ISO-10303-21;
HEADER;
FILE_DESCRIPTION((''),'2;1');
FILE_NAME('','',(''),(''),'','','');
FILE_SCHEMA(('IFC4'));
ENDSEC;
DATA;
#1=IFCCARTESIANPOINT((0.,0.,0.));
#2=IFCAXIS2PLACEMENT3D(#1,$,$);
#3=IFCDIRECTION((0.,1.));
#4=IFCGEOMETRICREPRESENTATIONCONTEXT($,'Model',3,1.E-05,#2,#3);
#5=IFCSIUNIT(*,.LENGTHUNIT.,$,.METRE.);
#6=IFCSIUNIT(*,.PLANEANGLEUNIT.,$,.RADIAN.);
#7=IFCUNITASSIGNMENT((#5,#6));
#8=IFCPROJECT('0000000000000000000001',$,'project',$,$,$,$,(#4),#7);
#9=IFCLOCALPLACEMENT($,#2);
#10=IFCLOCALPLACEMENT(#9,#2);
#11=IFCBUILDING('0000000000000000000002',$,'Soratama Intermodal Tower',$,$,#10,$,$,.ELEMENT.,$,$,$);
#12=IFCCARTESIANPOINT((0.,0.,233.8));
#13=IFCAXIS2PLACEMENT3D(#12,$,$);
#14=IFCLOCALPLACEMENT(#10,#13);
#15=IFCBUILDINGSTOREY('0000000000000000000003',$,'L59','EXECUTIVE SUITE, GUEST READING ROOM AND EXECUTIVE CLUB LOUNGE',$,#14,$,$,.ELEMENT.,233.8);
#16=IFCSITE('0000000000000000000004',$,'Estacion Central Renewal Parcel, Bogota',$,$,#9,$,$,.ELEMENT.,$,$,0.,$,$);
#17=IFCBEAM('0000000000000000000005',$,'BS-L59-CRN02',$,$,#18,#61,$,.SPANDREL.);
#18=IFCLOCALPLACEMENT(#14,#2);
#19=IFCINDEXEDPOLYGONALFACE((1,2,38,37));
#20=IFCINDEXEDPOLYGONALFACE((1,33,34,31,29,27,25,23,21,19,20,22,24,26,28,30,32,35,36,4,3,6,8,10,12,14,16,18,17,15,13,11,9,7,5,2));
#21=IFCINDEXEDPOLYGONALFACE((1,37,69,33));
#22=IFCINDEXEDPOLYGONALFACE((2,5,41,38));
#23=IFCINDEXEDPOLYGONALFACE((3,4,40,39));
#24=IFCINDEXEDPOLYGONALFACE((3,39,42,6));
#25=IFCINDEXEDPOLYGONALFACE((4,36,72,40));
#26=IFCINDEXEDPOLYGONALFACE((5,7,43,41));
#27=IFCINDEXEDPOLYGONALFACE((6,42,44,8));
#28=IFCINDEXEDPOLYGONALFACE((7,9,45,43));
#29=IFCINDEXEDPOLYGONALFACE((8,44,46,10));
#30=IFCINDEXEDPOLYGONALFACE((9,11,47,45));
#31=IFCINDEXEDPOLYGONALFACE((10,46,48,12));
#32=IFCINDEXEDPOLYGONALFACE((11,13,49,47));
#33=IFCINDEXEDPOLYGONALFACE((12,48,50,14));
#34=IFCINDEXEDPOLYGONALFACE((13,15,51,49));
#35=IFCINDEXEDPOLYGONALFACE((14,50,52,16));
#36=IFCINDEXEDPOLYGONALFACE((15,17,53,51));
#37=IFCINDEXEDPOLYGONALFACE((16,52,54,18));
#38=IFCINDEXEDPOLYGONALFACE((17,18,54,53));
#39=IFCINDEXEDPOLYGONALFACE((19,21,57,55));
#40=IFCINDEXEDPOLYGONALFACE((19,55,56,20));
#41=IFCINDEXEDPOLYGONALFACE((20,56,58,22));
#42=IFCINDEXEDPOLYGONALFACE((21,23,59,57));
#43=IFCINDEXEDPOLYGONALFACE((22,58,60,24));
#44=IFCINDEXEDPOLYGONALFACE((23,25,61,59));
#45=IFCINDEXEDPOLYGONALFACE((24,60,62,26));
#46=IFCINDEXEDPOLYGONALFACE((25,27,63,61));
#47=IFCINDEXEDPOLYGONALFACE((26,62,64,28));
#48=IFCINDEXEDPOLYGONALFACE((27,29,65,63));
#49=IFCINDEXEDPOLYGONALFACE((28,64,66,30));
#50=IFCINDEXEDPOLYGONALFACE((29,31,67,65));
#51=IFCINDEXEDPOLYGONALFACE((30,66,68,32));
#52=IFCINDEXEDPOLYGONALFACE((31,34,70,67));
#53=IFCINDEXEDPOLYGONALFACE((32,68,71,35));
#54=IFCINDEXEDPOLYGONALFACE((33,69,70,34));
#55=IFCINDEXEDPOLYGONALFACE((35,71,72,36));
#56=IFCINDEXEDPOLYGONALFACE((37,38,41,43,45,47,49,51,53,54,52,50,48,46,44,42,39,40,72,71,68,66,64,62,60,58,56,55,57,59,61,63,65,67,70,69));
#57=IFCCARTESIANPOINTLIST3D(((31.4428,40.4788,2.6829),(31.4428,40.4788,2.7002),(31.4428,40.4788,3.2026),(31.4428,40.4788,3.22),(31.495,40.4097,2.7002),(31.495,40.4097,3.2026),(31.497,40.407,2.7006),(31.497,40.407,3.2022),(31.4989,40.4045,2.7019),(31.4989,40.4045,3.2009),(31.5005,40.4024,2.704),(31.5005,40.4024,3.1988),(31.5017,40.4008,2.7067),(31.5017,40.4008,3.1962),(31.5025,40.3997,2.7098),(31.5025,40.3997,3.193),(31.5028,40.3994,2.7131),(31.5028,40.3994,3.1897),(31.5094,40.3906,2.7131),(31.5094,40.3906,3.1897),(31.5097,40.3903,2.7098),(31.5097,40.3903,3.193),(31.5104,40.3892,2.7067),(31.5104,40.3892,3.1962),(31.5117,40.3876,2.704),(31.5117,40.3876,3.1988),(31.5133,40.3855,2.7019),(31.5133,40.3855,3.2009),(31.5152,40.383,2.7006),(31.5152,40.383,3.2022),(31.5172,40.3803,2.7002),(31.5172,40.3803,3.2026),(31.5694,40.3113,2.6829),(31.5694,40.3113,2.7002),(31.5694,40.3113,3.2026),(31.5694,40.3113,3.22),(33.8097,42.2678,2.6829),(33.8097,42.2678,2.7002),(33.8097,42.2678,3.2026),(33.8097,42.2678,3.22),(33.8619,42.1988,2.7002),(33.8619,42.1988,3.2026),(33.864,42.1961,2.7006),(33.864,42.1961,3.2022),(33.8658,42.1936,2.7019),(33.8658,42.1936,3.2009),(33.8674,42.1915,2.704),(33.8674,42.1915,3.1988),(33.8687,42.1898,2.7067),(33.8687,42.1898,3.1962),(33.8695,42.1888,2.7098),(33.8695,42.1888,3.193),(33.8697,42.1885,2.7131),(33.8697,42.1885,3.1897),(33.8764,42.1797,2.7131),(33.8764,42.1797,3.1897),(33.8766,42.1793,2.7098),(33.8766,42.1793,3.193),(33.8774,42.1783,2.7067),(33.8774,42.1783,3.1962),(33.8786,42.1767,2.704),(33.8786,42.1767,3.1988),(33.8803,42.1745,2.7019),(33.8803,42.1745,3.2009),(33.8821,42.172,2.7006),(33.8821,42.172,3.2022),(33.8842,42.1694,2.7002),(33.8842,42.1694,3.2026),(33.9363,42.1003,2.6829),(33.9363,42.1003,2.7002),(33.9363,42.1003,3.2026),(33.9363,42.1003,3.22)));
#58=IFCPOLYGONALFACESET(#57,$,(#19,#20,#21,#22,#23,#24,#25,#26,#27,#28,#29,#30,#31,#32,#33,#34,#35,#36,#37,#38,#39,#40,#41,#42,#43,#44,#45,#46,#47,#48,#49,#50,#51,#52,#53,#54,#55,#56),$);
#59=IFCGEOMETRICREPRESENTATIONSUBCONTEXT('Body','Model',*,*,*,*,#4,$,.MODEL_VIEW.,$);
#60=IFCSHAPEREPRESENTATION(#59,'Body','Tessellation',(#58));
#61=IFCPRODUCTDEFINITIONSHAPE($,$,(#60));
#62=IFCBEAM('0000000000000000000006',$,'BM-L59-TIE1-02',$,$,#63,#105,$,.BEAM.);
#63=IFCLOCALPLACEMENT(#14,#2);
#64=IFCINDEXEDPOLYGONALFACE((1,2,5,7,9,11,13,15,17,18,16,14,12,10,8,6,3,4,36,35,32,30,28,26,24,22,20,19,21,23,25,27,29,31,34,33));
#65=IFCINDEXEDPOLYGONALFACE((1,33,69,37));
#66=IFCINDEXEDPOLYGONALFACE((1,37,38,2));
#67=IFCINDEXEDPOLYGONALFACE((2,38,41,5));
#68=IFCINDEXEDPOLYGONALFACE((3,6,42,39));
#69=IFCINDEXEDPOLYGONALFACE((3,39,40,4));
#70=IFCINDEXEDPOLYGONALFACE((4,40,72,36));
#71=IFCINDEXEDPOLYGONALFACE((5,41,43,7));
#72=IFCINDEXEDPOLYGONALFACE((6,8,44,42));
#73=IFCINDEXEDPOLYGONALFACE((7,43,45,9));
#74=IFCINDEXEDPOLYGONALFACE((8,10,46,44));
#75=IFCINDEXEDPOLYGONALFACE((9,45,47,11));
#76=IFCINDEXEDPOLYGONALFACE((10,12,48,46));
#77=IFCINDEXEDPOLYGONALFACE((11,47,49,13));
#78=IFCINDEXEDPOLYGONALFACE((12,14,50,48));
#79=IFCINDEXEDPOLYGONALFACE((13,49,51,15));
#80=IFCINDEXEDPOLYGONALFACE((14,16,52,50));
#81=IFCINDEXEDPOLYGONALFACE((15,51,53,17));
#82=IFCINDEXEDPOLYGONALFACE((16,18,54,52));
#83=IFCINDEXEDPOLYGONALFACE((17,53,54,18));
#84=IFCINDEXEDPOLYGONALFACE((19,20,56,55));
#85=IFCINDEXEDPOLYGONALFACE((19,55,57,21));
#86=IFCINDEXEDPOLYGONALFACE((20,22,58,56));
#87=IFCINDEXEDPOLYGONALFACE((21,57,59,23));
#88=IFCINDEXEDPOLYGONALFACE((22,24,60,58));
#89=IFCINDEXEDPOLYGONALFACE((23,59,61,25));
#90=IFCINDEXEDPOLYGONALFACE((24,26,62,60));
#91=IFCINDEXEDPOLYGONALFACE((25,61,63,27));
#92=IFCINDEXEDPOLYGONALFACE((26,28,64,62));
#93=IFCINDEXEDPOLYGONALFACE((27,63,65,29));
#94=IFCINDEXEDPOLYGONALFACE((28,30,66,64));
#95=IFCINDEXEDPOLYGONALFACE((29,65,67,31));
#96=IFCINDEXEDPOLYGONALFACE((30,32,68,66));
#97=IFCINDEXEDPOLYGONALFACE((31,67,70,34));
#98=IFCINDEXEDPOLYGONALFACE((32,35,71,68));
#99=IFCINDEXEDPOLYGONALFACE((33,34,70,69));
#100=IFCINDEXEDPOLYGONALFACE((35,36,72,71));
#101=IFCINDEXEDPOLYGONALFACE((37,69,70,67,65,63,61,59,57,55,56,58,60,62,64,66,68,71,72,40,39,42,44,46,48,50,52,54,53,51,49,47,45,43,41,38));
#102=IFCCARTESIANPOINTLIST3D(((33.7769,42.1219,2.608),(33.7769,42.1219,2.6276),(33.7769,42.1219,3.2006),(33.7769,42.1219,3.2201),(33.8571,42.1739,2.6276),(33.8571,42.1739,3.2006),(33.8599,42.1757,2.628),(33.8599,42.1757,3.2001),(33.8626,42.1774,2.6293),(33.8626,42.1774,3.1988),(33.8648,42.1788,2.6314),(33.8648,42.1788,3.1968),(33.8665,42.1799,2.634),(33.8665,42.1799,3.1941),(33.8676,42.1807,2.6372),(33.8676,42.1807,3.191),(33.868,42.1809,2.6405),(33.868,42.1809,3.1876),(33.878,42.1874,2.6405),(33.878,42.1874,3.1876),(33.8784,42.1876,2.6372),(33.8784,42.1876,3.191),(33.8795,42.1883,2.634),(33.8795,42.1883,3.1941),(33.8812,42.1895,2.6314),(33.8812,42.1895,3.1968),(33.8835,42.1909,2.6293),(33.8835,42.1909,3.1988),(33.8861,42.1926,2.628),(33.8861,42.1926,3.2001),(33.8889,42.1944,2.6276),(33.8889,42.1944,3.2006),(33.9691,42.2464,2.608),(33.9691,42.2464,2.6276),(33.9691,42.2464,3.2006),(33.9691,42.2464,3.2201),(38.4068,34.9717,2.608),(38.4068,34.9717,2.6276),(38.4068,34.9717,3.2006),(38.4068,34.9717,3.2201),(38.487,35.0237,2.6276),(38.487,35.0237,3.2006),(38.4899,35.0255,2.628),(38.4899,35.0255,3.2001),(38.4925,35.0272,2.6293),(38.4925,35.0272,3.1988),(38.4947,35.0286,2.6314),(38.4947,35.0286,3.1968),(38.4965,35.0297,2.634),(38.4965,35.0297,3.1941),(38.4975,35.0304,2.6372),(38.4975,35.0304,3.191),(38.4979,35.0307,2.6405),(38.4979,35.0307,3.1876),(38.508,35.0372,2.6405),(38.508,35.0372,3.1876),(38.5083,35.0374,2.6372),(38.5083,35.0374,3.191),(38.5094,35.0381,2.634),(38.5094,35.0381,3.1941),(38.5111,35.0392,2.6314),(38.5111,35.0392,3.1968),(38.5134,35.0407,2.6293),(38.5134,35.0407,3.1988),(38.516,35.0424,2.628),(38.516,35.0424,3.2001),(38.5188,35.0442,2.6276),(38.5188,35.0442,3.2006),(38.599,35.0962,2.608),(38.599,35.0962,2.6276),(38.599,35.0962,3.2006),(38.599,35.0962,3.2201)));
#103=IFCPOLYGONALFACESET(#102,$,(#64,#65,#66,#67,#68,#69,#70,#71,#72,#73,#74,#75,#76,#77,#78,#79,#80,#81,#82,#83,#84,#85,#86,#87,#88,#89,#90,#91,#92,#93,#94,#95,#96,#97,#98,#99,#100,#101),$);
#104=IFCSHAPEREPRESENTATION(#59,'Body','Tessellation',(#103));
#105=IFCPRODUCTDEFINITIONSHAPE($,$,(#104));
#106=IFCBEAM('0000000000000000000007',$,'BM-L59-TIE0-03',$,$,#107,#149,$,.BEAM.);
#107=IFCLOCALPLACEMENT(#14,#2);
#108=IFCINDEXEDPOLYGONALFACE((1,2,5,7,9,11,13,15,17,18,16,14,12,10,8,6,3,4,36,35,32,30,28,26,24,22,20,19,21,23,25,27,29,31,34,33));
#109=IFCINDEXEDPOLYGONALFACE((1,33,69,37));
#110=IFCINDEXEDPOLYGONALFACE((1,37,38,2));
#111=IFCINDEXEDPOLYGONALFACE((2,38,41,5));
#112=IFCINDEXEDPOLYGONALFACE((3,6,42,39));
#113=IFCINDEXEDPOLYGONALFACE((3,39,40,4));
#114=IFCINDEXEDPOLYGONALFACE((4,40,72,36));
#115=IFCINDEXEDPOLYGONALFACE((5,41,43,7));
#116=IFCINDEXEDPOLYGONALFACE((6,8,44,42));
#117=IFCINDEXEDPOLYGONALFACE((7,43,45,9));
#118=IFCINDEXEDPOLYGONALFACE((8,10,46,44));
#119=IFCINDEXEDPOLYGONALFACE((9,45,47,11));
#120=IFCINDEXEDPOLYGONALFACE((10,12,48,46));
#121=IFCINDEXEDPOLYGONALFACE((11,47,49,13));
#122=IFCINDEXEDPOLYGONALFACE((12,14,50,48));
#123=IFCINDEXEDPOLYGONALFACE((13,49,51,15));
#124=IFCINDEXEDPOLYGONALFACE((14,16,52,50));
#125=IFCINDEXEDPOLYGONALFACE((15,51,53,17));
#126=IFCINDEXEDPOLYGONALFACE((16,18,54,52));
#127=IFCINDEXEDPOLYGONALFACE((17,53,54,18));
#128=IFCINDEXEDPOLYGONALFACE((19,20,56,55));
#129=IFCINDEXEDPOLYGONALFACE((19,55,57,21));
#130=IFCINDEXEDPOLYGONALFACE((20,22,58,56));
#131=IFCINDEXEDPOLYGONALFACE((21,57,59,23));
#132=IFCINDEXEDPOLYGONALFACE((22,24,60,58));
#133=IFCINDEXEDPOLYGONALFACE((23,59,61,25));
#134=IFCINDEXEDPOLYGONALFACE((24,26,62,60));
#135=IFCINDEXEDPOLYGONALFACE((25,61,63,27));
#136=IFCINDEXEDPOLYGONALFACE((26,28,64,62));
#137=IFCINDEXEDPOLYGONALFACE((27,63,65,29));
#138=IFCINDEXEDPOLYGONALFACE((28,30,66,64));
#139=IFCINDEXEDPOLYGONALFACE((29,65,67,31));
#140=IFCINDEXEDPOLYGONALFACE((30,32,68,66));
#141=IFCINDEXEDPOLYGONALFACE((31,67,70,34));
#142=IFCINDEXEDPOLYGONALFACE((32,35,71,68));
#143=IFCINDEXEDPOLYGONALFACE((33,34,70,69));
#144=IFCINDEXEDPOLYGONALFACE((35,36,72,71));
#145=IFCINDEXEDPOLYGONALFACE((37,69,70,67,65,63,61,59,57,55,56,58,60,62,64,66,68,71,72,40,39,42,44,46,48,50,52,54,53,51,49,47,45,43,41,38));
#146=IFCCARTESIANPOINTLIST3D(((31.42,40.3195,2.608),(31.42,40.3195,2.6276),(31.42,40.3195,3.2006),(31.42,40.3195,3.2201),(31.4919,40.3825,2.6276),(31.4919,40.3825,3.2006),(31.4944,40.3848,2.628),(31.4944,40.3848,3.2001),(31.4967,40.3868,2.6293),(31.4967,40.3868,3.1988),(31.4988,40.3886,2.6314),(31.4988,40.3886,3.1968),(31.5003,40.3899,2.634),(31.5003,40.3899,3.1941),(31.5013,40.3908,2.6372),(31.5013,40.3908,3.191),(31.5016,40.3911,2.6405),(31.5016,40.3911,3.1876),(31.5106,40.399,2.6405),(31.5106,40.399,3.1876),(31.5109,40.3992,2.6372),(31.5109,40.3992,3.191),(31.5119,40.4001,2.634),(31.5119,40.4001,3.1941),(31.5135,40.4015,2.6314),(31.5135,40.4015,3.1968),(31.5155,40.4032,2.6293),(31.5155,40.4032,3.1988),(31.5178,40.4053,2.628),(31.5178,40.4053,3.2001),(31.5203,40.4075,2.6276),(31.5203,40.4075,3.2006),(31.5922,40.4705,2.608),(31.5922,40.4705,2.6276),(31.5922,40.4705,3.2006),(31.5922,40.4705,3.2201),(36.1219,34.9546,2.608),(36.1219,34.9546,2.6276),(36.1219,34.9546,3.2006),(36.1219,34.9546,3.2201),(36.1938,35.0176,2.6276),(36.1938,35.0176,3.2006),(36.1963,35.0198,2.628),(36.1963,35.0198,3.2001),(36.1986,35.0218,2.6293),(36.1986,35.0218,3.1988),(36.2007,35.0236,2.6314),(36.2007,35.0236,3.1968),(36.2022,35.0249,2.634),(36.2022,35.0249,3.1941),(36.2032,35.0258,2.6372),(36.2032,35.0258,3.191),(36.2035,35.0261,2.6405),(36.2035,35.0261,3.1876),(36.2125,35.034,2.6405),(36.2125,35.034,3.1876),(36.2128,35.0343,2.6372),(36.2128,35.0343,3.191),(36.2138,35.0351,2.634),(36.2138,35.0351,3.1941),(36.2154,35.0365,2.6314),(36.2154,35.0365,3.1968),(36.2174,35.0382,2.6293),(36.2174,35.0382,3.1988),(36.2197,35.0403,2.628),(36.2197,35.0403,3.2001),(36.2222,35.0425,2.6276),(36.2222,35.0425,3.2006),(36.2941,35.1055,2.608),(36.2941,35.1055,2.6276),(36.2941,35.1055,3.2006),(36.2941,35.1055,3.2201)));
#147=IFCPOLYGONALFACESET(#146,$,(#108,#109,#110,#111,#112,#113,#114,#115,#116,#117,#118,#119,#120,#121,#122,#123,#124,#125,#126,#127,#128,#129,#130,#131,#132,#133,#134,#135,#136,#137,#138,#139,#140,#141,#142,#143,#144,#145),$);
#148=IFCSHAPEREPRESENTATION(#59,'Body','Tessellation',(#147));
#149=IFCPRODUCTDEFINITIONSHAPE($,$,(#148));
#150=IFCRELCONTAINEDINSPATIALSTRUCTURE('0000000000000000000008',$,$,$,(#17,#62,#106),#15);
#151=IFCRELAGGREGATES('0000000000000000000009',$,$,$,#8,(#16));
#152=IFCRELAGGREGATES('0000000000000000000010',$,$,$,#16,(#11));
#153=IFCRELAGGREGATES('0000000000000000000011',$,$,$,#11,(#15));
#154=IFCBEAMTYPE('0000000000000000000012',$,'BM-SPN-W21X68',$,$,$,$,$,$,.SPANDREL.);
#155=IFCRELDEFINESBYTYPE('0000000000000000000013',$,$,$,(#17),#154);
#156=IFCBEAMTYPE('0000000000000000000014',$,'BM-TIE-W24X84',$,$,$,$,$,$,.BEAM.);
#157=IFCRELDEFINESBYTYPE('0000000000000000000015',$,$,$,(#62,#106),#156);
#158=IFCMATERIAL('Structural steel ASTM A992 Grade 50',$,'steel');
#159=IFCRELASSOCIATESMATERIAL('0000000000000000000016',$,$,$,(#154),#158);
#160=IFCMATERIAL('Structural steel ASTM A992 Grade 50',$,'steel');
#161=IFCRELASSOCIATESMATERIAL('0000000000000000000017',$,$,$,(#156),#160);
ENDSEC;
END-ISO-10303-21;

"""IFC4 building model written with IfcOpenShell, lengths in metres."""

from ifc_helpers import new_model, si_unit, direction, frame, origin, origin_2d, place, context, subcontext, project, spatial, i_section, extrude, material, material_profile, profile_set, type_object, element, save


model = new_model("IFC4")

# Units and contexts
model_context = context("Model", 3, precision=1e-05, world=origin(), true_north=direction((0.0, 1.0)))
body_context = subcontext(model_context, "Body", "Model", "MODEL_VIEW")
ifc_project = project(units=[si_unit("LENGTHUNIT", "METRE"), si_unit("PLANEANGLEUNIT", "RADIAN")], contexts=[model_context])

# Site, building, storey
site_placement = place(None, origin())
site = spatial("IfcSite", under=ifc_project, at=site_placement, Name="Estacion Central Renewal Parcel, Bogota", CompositionType="ELEMENT", RefElevation=0.0)
building_placement = place(site_placement, origin())
building = spatial("IfcBuilding", under=site, at=building_placement, Name="Soratama Intermodal Tower", CompositionType="ELEMENT")
storey_placement = place(building_placement, frame((0.0, 0.0, 233.8)))
storey = spatial("IfcBuildingStorey", under=building, at=storey_placement, Name="L59", Description="EXECUTIVE SUITE, GUEST READING ROOM AND EXECUTIVE CLUB LOUNGE", CompositionType="ELEMENT", Elevation=233.8)

# Beams
ifc_material_1 = material(Name="Structural steel ASTM A992 Grade 50", Category="steel")
ifc_material_profile_1 = material_profile(ifc_material_1, i_section(OverallWidth=0.21, OverallDepth=0.5371, WebThickness=0.011, FlangeThickness=0.0173, FilletRadius=0.0129, at=origin_2d()), Name="W21X68")
ifc_profile_set_1 = profile_set([ifc_material_profile_1], Name="Structural steel ASTM A992 Grade 50")
beam_type_1 = type_object("IfcBeamType", Name="BM-SPN-W21X68", PredefinedType="SPANDREL", material=ifc_profile_set_1)
beam_1_placement = place(storey_placement, frame((33.873, 42.1841, 2.9514), z_axis=(-0.797753, -0.602984, 0.0), x_axis=(0.602984, -0.797753, 0.0)))
element("IfcBeam", 1, at=beam_1_placement, inside=storey, type_object=beam_type_1, Name="BS-L59-CRN02", PredefinedType="SPANDREL", context=body_context, shape_type="SweptSolid", body=[
    extrude(i_section(OverallWidth=0.21, OverallDepth=0.5371, WebThickness=0.011, FlangeThickness=0.0173, FilletRadius=0.0129, at=origin_2d()), origin(), (0.0, 0.0, 1.0), 2.967),
])
ifc_material_2 = material(Name="Structural steel ASTM A992 Grade 50", Category="steel")
ifc_material_profile_2 = material_profile(ifc_material_2, i_section(OverallWidth=0.229, OverallDepth=0.6121, WebThickness=0.012, FlangeThickness=0.0195, FilletRadius=0.0129, at=origin_2d()), Name="W24X84")
ifc_profile_set_2 = profile_set([ifc_material_profile_2], Name="Structural steel ASTM A992 Grade 50")
beam_type_2 = type_object("IfcBeamType", Name="BM-TIE-W24X84", PredefinedType="BEAM", material=ifc_profile_set_2)
beam_2_placement = place(storey_placement, frame((38.5029, 35.0339, 2.9141), z_axis=(-0.543526, 0.839392, 0.0), x_axis=(-0.839392, -0.543526, 0.0)))
element("IfcBeam", 2, at=beam_2_placement, inside=storey, type_object=beam_type_2, Name="BM-L59-TIE1-02", PredefinedType="BEAM", context=body_context, shape_type="SweptSolid", body=[
    extrude(i_section(OverallWidth=0.229, OverallDepth=0.6121, WebThickness=0.012, FlangeThickness=0.0195, FilletRadius=0.0129, at=origin_2d()), origin(), (0.0, 0.0, 1.0), 8.5183),
])
beam_3_placement = place(storey_placement, frame((36.208, 35.03, 2.9141), z_axis=(-0.659103, 0.752053, 0.0), x_axis=(-0.752053, -0.659103, 0.0)))
element("IfcBeam", 3, at=beam_3_placement, inside=storey, type_object=beam_type_2, Name="BM-L59-TIE0-03", PredefinedType="BEAM", context=body_context, shape_type="SweptSolid", body=[
    extrude(i_section(OverallWidth=0.229, OverallDepth=0.6121, WebThickness=0.012, FlangeThickness=0.0195, FilletRadius=0.0129, at=origin_2d()), origin(), (0.0, 0.0, 1.0), 7.1338),
])

save(model, "model.ifc")
